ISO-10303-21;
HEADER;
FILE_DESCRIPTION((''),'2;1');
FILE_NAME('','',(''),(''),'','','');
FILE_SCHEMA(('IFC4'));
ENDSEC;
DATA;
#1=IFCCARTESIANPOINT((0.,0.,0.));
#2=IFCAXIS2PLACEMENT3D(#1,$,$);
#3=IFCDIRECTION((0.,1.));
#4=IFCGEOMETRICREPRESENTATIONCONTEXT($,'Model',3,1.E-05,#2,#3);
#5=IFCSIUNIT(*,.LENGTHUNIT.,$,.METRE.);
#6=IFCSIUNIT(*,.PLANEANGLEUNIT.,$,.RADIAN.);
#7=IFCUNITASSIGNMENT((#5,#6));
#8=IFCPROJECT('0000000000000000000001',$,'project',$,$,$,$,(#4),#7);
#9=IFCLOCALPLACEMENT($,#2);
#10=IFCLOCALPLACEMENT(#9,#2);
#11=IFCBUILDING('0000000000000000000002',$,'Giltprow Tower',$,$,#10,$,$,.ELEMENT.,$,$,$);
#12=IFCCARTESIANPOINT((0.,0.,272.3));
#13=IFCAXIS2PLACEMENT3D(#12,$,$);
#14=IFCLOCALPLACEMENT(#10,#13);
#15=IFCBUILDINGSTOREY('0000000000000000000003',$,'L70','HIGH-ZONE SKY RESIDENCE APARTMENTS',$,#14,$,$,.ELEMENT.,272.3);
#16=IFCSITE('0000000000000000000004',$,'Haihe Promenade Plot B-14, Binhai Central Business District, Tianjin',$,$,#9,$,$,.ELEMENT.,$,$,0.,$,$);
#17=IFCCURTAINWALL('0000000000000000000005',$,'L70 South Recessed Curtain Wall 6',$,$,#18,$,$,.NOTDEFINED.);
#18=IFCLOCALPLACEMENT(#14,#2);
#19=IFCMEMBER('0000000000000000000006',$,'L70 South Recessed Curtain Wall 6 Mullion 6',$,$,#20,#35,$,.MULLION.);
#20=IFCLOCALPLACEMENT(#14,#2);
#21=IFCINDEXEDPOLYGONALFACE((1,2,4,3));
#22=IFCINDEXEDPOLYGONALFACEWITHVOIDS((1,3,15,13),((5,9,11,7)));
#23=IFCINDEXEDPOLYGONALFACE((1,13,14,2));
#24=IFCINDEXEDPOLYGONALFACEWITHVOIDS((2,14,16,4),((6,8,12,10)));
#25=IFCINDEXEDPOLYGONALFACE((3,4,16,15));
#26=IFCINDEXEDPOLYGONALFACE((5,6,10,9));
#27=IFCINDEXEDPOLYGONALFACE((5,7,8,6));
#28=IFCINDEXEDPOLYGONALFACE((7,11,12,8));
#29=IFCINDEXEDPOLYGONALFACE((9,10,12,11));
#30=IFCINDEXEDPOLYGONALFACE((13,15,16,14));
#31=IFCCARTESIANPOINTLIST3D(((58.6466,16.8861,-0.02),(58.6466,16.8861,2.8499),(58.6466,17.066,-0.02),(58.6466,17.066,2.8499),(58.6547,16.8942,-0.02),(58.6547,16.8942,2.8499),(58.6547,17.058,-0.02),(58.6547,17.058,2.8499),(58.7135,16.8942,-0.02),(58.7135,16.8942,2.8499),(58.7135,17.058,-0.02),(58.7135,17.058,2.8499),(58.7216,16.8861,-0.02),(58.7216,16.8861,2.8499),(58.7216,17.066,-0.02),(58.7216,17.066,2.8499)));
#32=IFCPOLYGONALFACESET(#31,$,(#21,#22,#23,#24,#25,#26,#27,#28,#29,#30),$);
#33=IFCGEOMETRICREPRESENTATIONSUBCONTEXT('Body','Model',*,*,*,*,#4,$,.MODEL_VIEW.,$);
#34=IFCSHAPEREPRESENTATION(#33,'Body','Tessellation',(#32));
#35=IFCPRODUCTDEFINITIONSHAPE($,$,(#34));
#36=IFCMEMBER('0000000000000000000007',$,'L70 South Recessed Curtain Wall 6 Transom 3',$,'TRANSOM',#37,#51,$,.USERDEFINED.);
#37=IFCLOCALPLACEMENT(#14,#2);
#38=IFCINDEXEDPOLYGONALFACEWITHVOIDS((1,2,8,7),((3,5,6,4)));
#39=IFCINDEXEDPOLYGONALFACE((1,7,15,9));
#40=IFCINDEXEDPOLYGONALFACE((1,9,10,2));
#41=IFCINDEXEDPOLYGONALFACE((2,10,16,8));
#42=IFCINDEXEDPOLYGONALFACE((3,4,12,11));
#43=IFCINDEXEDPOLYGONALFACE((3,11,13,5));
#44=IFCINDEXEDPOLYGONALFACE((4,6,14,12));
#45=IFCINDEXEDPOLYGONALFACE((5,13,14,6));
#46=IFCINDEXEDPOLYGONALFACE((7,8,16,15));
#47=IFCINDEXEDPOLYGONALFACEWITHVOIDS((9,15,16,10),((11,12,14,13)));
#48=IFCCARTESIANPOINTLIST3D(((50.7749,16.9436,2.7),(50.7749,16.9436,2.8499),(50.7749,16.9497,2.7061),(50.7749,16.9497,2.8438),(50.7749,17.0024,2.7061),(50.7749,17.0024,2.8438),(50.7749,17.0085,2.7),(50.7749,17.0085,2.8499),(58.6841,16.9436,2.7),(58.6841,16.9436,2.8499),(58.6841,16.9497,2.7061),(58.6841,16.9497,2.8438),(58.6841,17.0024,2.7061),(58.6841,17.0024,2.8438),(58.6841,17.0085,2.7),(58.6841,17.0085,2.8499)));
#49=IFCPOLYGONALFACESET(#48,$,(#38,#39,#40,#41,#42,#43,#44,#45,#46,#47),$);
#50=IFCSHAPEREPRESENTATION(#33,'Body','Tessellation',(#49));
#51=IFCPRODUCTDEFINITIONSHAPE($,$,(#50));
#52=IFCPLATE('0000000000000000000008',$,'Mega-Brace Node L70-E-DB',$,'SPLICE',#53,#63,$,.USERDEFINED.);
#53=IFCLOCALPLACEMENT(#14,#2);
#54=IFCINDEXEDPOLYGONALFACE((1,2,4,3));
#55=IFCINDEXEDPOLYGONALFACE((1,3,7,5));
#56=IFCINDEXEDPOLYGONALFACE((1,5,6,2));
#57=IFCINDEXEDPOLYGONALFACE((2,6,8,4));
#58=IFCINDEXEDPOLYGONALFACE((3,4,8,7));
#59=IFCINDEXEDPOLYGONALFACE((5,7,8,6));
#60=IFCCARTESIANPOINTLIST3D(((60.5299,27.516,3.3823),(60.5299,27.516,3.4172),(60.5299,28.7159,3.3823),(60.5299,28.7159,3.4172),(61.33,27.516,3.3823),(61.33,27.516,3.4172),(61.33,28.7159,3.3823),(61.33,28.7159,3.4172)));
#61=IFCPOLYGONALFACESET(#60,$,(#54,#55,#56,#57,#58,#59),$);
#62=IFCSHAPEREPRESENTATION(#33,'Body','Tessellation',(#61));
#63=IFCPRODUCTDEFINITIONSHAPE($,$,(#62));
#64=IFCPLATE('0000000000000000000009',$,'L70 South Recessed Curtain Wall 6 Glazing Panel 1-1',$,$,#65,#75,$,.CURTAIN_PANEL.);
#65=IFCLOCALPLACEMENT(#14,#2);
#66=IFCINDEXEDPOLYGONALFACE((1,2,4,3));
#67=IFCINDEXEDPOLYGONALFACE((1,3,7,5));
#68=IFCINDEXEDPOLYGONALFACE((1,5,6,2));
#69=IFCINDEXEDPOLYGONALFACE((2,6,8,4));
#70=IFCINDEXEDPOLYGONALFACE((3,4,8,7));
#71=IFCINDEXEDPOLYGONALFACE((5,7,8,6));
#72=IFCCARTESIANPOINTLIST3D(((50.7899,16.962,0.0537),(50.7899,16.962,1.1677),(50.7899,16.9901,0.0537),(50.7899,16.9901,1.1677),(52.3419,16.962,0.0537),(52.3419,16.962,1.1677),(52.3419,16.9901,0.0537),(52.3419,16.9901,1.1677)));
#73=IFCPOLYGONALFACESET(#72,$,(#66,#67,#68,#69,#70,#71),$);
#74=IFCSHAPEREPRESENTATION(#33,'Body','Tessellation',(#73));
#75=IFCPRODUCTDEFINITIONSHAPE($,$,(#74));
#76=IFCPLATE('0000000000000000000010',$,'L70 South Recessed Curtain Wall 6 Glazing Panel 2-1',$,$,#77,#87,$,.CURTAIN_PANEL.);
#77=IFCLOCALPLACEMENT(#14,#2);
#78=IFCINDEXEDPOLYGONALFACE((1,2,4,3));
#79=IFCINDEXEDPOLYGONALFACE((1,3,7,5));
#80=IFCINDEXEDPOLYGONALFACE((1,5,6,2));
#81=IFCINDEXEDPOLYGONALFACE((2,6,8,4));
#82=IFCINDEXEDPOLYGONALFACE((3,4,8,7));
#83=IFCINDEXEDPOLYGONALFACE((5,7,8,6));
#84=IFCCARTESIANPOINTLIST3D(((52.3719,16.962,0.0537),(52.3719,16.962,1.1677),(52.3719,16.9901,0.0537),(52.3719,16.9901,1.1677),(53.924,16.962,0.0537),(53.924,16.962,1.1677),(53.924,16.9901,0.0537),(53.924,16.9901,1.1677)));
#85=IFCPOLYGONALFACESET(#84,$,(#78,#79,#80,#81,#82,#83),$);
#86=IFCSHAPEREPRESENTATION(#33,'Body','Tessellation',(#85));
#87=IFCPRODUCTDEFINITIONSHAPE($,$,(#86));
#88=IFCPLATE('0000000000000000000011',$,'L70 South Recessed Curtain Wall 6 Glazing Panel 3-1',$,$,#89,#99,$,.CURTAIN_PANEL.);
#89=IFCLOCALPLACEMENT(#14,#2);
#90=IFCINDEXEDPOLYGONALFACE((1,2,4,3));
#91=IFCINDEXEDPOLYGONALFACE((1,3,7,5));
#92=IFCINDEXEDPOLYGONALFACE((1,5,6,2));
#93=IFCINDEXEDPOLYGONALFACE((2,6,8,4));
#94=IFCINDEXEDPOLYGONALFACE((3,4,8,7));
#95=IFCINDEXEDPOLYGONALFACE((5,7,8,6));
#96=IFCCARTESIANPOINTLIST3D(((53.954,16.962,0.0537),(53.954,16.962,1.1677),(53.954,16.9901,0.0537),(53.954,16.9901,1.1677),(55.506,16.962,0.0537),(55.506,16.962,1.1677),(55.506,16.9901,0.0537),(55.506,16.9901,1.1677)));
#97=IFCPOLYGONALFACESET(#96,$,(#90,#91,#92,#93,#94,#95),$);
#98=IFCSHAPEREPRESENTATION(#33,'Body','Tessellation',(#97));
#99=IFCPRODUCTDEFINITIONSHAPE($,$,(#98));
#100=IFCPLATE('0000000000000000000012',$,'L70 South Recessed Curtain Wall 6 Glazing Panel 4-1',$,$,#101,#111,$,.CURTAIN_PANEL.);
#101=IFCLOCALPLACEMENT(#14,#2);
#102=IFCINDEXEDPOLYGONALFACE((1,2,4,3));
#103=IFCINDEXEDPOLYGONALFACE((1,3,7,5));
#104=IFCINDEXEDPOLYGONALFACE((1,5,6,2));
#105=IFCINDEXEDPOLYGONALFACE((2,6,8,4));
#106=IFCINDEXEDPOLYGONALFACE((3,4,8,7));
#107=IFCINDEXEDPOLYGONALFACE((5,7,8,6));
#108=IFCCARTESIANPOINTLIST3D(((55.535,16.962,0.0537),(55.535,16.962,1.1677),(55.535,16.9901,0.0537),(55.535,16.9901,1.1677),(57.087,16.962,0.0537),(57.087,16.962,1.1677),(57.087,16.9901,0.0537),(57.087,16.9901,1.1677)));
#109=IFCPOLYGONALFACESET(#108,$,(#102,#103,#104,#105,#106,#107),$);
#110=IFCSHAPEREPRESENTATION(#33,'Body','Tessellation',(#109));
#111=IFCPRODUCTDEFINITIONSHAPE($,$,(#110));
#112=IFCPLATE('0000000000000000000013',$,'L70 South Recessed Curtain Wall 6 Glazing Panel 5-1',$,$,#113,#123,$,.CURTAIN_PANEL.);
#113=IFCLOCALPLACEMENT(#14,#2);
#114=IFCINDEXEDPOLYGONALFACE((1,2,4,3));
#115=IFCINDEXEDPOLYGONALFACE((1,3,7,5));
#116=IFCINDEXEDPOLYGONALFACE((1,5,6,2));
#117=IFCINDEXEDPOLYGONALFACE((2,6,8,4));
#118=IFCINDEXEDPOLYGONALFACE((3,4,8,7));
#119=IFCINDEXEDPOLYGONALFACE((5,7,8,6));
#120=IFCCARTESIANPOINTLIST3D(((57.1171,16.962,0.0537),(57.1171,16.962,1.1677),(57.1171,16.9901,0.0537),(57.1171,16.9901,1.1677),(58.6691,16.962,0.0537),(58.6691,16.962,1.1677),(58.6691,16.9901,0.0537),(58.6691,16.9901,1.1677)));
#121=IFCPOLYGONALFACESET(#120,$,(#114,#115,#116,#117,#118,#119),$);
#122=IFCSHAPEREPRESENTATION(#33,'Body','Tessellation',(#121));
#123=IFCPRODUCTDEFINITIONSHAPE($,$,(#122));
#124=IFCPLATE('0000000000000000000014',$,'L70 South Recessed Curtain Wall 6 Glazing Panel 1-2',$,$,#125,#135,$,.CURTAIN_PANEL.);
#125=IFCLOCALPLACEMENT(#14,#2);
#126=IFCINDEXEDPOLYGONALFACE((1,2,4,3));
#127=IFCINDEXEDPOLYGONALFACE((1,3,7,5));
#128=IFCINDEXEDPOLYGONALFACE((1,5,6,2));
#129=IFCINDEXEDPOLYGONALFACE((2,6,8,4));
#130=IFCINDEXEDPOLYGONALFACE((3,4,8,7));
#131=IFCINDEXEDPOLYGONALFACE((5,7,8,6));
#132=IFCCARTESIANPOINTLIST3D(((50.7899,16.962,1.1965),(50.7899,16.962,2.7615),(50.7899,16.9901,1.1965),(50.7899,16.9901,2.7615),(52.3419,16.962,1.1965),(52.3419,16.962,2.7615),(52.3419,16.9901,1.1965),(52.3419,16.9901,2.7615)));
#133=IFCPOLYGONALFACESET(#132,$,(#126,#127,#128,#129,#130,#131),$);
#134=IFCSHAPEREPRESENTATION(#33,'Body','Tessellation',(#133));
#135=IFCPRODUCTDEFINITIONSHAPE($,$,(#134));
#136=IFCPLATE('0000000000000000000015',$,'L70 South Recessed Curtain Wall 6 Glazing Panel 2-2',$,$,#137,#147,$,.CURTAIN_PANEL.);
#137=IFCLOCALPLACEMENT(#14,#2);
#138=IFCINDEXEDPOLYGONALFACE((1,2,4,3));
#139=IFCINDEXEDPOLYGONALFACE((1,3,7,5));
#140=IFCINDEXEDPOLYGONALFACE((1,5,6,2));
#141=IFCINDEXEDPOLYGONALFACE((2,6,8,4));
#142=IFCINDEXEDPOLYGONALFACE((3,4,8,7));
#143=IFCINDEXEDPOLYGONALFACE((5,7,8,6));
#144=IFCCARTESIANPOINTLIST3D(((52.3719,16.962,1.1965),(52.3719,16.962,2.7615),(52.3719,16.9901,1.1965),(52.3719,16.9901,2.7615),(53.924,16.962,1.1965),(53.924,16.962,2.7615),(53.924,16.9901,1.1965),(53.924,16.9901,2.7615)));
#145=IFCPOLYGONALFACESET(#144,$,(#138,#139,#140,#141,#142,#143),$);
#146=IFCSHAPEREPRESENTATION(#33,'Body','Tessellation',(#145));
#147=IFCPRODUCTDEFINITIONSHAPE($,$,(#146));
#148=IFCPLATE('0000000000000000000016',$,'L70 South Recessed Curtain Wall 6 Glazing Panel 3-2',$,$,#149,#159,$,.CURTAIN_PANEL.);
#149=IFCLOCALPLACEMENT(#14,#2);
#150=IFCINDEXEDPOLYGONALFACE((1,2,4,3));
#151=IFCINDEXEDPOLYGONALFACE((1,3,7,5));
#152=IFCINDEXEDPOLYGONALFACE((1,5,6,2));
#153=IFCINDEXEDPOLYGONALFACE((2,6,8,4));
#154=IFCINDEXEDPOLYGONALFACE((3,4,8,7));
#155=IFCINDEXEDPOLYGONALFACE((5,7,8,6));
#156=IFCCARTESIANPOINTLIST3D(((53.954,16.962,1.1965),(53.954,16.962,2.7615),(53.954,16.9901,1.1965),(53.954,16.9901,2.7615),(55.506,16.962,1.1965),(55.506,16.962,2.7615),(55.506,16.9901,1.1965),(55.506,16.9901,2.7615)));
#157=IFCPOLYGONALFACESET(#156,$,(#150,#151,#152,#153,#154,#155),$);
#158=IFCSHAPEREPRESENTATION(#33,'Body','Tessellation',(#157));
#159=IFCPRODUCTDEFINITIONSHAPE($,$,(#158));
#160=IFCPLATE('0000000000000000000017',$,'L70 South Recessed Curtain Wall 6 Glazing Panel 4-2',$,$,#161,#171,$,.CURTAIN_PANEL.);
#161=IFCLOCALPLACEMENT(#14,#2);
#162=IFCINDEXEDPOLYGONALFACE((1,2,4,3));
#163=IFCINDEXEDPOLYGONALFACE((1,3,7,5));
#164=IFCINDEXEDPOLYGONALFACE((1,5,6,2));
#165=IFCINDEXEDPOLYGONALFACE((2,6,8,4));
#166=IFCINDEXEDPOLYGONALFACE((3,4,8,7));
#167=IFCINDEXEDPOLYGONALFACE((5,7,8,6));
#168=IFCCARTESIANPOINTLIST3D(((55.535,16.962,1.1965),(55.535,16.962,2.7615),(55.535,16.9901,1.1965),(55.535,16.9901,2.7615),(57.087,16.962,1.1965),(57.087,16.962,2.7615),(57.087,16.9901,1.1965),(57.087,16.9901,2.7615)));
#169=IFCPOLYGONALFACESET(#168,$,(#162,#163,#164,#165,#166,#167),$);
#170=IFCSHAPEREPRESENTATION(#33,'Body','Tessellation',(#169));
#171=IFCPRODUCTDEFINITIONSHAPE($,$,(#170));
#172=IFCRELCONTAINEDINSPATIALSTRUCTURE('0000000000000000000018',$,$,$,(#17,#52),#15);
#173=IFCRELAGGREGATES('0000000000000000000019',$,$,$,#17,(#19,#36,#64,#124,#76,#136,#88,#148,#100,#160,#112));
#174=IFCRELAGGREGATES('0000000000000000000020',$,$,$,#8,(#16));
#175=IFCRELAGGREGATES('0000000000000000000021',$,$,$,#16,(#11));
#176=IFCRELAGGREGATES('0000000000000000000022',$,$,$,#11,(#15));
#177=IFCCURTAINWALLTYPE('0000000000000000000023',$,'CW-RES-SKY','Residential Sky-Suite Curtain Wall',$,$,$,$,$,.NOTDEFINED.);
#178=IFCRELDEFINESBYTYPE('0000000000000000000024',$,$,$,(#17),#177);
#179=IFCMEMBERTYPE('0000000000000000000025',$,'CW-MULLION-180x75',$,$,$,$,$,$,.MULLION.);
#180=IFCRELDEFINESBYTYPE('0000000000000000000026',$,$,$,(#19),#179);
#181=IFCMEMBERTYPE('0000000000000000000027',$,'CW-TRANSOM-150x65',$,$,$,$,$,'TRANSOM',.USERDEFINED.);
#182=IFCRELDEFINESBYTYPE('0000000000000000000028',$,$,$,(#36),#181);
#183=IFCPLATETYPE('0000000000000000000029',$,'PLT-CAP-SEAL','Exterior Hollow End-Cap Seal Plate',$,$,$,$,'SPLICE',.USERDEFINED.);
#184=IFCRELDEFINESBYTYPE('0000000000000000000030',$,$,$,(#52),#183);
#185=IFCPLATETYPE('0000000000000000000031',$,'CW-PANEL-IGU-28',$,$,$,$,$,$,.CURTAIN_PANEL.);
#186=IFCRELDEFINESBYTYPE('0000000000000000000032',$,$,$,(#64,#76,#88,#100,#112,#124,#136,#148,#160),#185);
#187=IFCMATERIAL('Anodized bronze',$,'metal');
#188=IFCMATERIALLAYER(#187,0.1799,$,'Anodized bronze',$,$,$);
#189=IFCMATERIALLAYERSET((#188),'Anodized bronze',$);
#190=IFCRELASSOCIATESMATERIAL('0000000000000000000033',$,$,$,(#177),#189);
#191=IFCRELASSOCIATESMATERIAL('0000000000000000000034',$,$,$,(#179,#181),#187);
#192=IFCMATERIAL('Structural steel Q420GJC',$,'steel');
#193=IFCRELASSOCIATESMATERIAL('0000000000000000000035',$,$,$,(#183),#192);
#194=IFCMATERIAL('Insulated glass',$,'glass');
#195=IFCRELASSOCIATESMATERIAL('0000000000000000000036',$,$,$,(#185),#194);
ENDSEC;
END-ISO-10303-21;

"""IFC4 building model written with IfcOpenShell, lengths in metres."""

from ifc_helpers import new_model, si_unit, direction, frame, origin, origin_2d, place, context, subcontext, project, spatial, rectangle, hollow_rectangle, extrude, source, transform, mapped, material, layer, layer_set, material_profile, profile_set, type_object, element, aggregate, save


model = new_model("IFC4")

# Units and contexts
model_context = context("Model", 3, precision=1e-05, world=origin(), true_north=direction((0.0, 1.0)))
body_context = subcontext(model_context, "Body", "Model", "MODEL_VIEW")
ifc_project = project(units=[si_unit("LENGTHUNIT", "METRE"), si_unit("PLANEANGLEUNIT", "RADIAN")], contexts=[model_context])

# Site, building, storey
site_placement = place(None, origin())
site = spatial("IfcSite", under=ifc_project, at=site_placement, Name="Haihe Promenade Plot B-14, Binhai Central Business District, Tianjin", CompositionType="ELEMENT", RefElevation=0.0)
building_placement = place(site_placement, origin())
building = spatial("IfcBuilding", under=site, at=building_placement, Name="Giltprow Tower", CompositionType="ELEMENT")
storey_placement = place(building_placement, frame((0.0, 0.0, 272.3)))
storey = spatial("IfcBuildingStorey", under=building, at=storey_placement, Name="L70", Description="HIGH-ZONE SKY RESIDENCE APARTMENTS", CompositionType="ELEMENT", Elevation=272.3)

# Shared definitions
ifc_material_1 = material(Name="Structural steel Q420GJC", Category="steel")

# Curtain wall, members
ifc_material_2 = material(Name="Anodized bronze", Category="metal")
ifc_layer_1 = layer(ifc_material_2, 0.1799, Name="Anodized bronze")
ifc_layer_set_1 = layer_set([ifc_layer_1], Name="Anodized bronze")
curtain_wall_type = type_object("IfcCurtainWallType", Name="CW-RES-SKY", Description="Residential Sky-Suite Curtain Wall", PredefinedType="NOTDEFINED", material=ifc_layer_set_1)
curtain_wall_placement = place(storey_placement, origin())
curtain_wall = element("IfcCurtainWall", 1, at=curtain_wall_placement, inside=storey, type_object=curtain_wall_type, Name="L70 South Recessed Curtain Wall 6", PredefinedType="NOTDEFINED")
ifc_material_profile_1 = material_profile(ifc_material_2, hollow_rectangle(XDim=0.075, YDim=0.1799, WallThickness=0.0081, at=origin_2d()), Name="RHS 180x75x8")
ifc_profile_set_1 = profile_set([ifc_material_profile_1], Name="Anodized bronze")
member_type_1 = type_object("IfcMemberType", Name="CW-MULLION-180x75", PredefinedType="MULLION", material=ifc_profile_set_1)
shared_shape_1 = source(origin(), body_context, "Body", "SweptSolid", [
    extrude(hollow_rectangle(XDim=0.075, YDim=0.1799, WallThickness=0.0081, at=origin_2d()), origin(), (0.0, 0.0, 1.0), 2.8699),
])
member_1_placement = place(storey_placement, frame((58.6841, 16.9761, -0.02), z_axis=(0.0, 0.0, 1.0), x_axis=(1.0, 0.0, 0.0)))
member_1 = element("IfcMember", 2, at=member_1_placement, type_object=member_type_1, Name="L70 South Recessed Curtain Wall 6 Mullion 6", PredefinedType="MULLION", context=body_context, shape_type="MappedRepresentation", body=[
    mapped(shared_shape_1, transform((0.0, 0.0, 0.0), x_axis=(1.0, 0.0, 0.0), y_axis=(0.0, 1.0, 0.0), z_axis=(0.0, 0.0, 1.0), scale=1.0)),
])
ifc_material_profile_2 = material_profile(ifc_material_2, hollow_rectangle(XDim=0.0649, YDim=0.1499, WallThickness=0.0061, at=origin_2d()), Name="RHS 150x65x6")
ifc_profile_set_2 = profile_set([ifc_material_profile_2], Name="Anodized bronze")
member_type_2 = type_object("IfcMemberType", Name="CW-TRANSOM-150x65", ElementType="TRANSOM", PredefinedType="USERDEFINED", material=ifc_profile_set_2)
shared_shape_2 = source(origin(), body_context, "Body", "SweptSolid", [
    extrude(hollow_rectangle(XDim=0.0649, YDim=0.1499, WallThickness=0.0061, at=origin_2d()), origin(), (0.0, 0.0, 1.0), 7.9092),
])
member_2_placement = place(storey_placement, frame((50.7749, 16.9761, 2.7749), z_axis=(1.0, 0.0, 0.0), x_axis=(0.0, 1.0, 0.0)))
member_2 = element("IfcMember", 3, at=member_2_placement, type_object=member_type_2, Name="L70 South Recessed Curtain Wall 6 Transom 3", ObjectType="TRANSOM", PredefinedType="USERDEFINED", context=body_context, shape_type="MappedRepresentation", body=[
    mapped(shared_shape_2, transform((0.0, 0.0, 0.0), x_axis=(1.0, 0.0, 0.0), y_axis=(0.0, 1.0, 0.0), z_axis=(0.0, 0.0, 1.0), scale=1.0)),
])

# Plates
plate_type_1 = type_object("IfcPlateType", Name="PLT-CAP-SEAL", Description="Exterior Hollow End-Cap Seal Plate", ElementType="SPLICE", PredefinedType="USERDEFINED", material=ifc_material_1)
shared_shape_3 = source(origin(), body_context, "Body", "SweptSolid", [
    extrude(rectangle(XDim=1.2, YDim=0.8, at=origin_2d()), origin(), (0.0, 0.0, 1.0), 0.0349),
])
plate_1_placement = place(storey_placement, frame((60.9299, 28.116, 3.3823), z_axis=(0.0, 0.0, 1.0), x_axis=(0.0, 1.0, 0.0)))
element("IfcPlate", 4, at=plate_1_placement, inside=storey, type_object=plate_type_1, Name="Mega-Brace Node L70-E-DB", ObjectType="SPLICE", PredefinedType="USERDEFINED", context=body_context, shape_type="MappedRepresentation", body=[
    mapped(shared_shape_3, transform((0.0, 0.0, 0.0), x_axis=(1.0, 0.0, 0.0), y_axis=(0.0, 1.0, 0.0), z_axis=(0.0, 0.0, 1.0), scale=1.0)),
])
ifc_material_3 = material(Name="Insulated glass", Category="glass")
plate_type_2 = type_object("IfcPlateType", Name="CW-PANEL-IGU-28", PredefinedType="CURTAIN_PANEL", material=ifc_material_3)
shared_shape_4 = source(origin(), body_context, "Body", "SweptSolid", [
    extrude(rectangle(XDim=1.552, YDim=0.0281, at=origin_2d()), origin(), (0.0, 0.0, 1.0), 1.114),
])
plate_2_placement = place(storey_placement, frame((51.5659, 16.9761, 0.0537), z_axis=(0.0, 0.0, 1.0), x_axis=(1.0, 0.0, 0.0)))
plate_2 = element("IfcPlate", 5, at=plate_2_placement, type_object=plate_type_2, Name="L70 South Recessed Curtain Wall 6 Glazing Panel 1-1", PredefinedType="CURTAIN_PANEL", context=body_context, shape_type="MappedRepresentation", body=[
    mapped(shared_shape_4, transform((0.0, 0.0, 0.0), x_axis=(1.0, 0.0, 0.0), y_axis=(0.0, 1.0, 0.0), z_axis=(0.0, 0.0, 1.0), scale=1.0)),
])
plate_3_placement = place(storey_placement, frame((53.1479, 16.9761, 0.0537), z_axis=(0.0, 0.0, 1.0), x_axis=(1.0, 0.0, 0.0)))
plate_3 = element("IfcPlate", 6, at=plate_3_placement, type_object=plate_type_2, Name="L70 South Recessed Curtain Wall 6 Glazing Panel 2-1", PredefinedType="CURTAIN_PANEL", context=body_context, shape_type="MappedRepresentation", body=[
    mapped(shared_shape_4, transform((0.0, 0.0, 0.0), x_axis=(1.0, 0.0, 0.0), y_axis=(0.0, 1.0, 0.0), z_axis=(0.0, 0.0, 1.0), scale=1.0)),
])
plate_4_placement = place(storey_placement, frame((54.73, 16.9761, 0.0537), z_axis=(0.0, 0.0, 1.0), x_axis=(1.0, 0.0, 0.0)))
plate_4 = element("IfcPlate", 7, at=plate_4_placement, type_object=plate_type_2, Name="L70 South Recessed Curtain Wall 6 Glazing Panel 3-1", PredefinedType="CURTAIN_PANEL", context=body_context, shape_type="MappedRepresentation", body=[
    mapped(shared_shape_4, transform((0.0, 0.0, 0.0), x_axis=(1.0, 0.0, 0.0), y_axis=(0.0, 1.0, 0.0), z_axis=(0.0, 0.0, 1.0), scale=1.0)),
])
plate_5_placement = place(storey_placement, frame((56.311, 16.9761, 0.0537), z_axis=(0.0, 0.0, 1.0), x_axis=(1.0, 0.0, 0.0)))
plate_5 = element("IfcPlate", 8, at=plate_5_placement, type_object=plate_type_2, Name="L70 South Recessed Curtain Wall 6 Glazing Panel 4-1", PredefinedType="CURTAIN_PANEL", context=body_context, shape_type="MappedRepresentation", body=[
    mapped(shared_shape_4, transform((0.0, 0.0, 0.0), x_axis=(1.0, 0.0, 0.0), y_axis=(0.0, 1.0, 0.0), z_axis=(0.0, 0.0, 1.0), scale=1.0)),
])
plate_6_placement = place(storey_placement, frame((57.8931, 16.9761, 0.0537), z_axis=(0.0, 0.0, 1.0), x_axis=(1.0, 0.0, 0.0)))
plate_6 = element("IfcPlate", 9, at=plate_6_placement, type_object=plate_type_2, Name="L70 South Recessed Curtain Wall 6 Glazing Panel 5-1", PredefinedType="CURTAIN_PANEL", context=body_context, shape_type="MappedRepresentation", body=[
    mapped(shared_shape_4, transform((0.0, 0.0, 0.0), x_axis=(1.0, 0.0, 0.0), y_axis=(0.0, 1.0, 0.0), z_axis=(0.0, 0.0, 1.0), scale=1.0)),
])
shared_shape_5 = source(origin(), body_context, "Body", "SweptSolid", [
    extrude(rectangle(XDim=1.552, YDim=0.0281, at=origin_2d()), origin(), (0.0, 0.0, 1.0), 1.5649),
])
plate_7_placement = place(storey_placement, frame((51.5659, 16.9761, 1.1965), z_axis=(0.0, 0.0, 1.0), x_axis=(1.0, 0.0, 0.0)))
plate_7 = element("IfcPlate", 10, at=plate_7_placement, type_object=plate_type_2, Name="L70 South Recessed Curtain Wall 6 Glazing Panel 1-2", PredefinedType="CURTAIN_PANEL", context=body_context, shape_type="MappedRepresentation", body=[
    mapped(shared_shape_5, transform((0.0, 0.0, 0.0), x_axis=(1.0, 0.0, 0.0), y_axis=(0.0, 1.0, 0.0), z_axis=(0.0, 0.0, 1.0), scale=1.0)),
])
plate_8_placement = place(storey_placement, frame((53.1479, 16.9761, 1.1965), z_axis=(0.0, 0.0, 1.0), x_axis=(1.0, 0.0, 0.0)))
plate_8 = element("IfcPlate", 11, at=plate_8_placement, type_object=plate_type_2, Name="L70 South Recessed Curtain Wall 6 Glazing Panel 2-2", PredefinedType="CURTAIN_PANEL", context=body_context, shape_type="MappedRepresentation", body=[
    mapped(shared_shape_5, transform((0.0, 0.0, 0.0), x_axis=(1.0, 0.0, 0.0), y_axis=(0.0, 1.0, 0.0), z_axis=(0.0, 0.0, 1.0), scale=1.0)),
])
plate_9_placement = place(storey_placement, frame((54.73, 16.9761, 1.1965), z_axis=(0.0, 0.0, 1.0), x_axis=(1.0, 0.0, 0.0)))
plate_9 = element("IfcPlate", 12, at=plate_9_placement, type_object=plate_type_2, Name="L70 South Recessed Curtain Wall 6 Glazing Panel 3-2", PredefinedType="CURTAIN_PANEL", context=body_context, shape_type="MappedRepresentation", body=[
    mapped(shared_shape_5, transform((0.0, 0.0, 0.0), x_axis=(1.0, 0.0, 0.0), y_axis=(0.0, 1.0, 0.0), z_axis=(0.0, 0.0, 1.0), scale=1.0)),
])
plate_10_placement = place(storey_placement, frame((56.311, 16.9761, 1.1965), z_axis=(0.0, 0.0, 1.0), x_axis=(1.0, 0.0, 0.0)))
plate_10 = element("IfcPlate", 13, at=plate_10_placement, type_object=plate_type_2, Name="L70 South Recessed Curtain Wall 6 Glazing Panel 4-2", PredefinedType="CURTAIN_PANEL", context=body_context, shape_type="MappedRepresentation", body=[
    mapped(shared_shape_5, transform((0.0, 0.0, 0.0), x_axis=(1.0, 0.0, 0.0), y_axis=(0.0, 1.0, 0.0), z_axis=(0.0, 0.0, 1.0), scale=1.0)),
])
aggregate(curtain_wall, [member_1, member_2, plate_2, plate_7, plate_3, plate_8, plate_4, plate_9, plate_5, plate_10, plate_6])

save(model, "model.ifc")
